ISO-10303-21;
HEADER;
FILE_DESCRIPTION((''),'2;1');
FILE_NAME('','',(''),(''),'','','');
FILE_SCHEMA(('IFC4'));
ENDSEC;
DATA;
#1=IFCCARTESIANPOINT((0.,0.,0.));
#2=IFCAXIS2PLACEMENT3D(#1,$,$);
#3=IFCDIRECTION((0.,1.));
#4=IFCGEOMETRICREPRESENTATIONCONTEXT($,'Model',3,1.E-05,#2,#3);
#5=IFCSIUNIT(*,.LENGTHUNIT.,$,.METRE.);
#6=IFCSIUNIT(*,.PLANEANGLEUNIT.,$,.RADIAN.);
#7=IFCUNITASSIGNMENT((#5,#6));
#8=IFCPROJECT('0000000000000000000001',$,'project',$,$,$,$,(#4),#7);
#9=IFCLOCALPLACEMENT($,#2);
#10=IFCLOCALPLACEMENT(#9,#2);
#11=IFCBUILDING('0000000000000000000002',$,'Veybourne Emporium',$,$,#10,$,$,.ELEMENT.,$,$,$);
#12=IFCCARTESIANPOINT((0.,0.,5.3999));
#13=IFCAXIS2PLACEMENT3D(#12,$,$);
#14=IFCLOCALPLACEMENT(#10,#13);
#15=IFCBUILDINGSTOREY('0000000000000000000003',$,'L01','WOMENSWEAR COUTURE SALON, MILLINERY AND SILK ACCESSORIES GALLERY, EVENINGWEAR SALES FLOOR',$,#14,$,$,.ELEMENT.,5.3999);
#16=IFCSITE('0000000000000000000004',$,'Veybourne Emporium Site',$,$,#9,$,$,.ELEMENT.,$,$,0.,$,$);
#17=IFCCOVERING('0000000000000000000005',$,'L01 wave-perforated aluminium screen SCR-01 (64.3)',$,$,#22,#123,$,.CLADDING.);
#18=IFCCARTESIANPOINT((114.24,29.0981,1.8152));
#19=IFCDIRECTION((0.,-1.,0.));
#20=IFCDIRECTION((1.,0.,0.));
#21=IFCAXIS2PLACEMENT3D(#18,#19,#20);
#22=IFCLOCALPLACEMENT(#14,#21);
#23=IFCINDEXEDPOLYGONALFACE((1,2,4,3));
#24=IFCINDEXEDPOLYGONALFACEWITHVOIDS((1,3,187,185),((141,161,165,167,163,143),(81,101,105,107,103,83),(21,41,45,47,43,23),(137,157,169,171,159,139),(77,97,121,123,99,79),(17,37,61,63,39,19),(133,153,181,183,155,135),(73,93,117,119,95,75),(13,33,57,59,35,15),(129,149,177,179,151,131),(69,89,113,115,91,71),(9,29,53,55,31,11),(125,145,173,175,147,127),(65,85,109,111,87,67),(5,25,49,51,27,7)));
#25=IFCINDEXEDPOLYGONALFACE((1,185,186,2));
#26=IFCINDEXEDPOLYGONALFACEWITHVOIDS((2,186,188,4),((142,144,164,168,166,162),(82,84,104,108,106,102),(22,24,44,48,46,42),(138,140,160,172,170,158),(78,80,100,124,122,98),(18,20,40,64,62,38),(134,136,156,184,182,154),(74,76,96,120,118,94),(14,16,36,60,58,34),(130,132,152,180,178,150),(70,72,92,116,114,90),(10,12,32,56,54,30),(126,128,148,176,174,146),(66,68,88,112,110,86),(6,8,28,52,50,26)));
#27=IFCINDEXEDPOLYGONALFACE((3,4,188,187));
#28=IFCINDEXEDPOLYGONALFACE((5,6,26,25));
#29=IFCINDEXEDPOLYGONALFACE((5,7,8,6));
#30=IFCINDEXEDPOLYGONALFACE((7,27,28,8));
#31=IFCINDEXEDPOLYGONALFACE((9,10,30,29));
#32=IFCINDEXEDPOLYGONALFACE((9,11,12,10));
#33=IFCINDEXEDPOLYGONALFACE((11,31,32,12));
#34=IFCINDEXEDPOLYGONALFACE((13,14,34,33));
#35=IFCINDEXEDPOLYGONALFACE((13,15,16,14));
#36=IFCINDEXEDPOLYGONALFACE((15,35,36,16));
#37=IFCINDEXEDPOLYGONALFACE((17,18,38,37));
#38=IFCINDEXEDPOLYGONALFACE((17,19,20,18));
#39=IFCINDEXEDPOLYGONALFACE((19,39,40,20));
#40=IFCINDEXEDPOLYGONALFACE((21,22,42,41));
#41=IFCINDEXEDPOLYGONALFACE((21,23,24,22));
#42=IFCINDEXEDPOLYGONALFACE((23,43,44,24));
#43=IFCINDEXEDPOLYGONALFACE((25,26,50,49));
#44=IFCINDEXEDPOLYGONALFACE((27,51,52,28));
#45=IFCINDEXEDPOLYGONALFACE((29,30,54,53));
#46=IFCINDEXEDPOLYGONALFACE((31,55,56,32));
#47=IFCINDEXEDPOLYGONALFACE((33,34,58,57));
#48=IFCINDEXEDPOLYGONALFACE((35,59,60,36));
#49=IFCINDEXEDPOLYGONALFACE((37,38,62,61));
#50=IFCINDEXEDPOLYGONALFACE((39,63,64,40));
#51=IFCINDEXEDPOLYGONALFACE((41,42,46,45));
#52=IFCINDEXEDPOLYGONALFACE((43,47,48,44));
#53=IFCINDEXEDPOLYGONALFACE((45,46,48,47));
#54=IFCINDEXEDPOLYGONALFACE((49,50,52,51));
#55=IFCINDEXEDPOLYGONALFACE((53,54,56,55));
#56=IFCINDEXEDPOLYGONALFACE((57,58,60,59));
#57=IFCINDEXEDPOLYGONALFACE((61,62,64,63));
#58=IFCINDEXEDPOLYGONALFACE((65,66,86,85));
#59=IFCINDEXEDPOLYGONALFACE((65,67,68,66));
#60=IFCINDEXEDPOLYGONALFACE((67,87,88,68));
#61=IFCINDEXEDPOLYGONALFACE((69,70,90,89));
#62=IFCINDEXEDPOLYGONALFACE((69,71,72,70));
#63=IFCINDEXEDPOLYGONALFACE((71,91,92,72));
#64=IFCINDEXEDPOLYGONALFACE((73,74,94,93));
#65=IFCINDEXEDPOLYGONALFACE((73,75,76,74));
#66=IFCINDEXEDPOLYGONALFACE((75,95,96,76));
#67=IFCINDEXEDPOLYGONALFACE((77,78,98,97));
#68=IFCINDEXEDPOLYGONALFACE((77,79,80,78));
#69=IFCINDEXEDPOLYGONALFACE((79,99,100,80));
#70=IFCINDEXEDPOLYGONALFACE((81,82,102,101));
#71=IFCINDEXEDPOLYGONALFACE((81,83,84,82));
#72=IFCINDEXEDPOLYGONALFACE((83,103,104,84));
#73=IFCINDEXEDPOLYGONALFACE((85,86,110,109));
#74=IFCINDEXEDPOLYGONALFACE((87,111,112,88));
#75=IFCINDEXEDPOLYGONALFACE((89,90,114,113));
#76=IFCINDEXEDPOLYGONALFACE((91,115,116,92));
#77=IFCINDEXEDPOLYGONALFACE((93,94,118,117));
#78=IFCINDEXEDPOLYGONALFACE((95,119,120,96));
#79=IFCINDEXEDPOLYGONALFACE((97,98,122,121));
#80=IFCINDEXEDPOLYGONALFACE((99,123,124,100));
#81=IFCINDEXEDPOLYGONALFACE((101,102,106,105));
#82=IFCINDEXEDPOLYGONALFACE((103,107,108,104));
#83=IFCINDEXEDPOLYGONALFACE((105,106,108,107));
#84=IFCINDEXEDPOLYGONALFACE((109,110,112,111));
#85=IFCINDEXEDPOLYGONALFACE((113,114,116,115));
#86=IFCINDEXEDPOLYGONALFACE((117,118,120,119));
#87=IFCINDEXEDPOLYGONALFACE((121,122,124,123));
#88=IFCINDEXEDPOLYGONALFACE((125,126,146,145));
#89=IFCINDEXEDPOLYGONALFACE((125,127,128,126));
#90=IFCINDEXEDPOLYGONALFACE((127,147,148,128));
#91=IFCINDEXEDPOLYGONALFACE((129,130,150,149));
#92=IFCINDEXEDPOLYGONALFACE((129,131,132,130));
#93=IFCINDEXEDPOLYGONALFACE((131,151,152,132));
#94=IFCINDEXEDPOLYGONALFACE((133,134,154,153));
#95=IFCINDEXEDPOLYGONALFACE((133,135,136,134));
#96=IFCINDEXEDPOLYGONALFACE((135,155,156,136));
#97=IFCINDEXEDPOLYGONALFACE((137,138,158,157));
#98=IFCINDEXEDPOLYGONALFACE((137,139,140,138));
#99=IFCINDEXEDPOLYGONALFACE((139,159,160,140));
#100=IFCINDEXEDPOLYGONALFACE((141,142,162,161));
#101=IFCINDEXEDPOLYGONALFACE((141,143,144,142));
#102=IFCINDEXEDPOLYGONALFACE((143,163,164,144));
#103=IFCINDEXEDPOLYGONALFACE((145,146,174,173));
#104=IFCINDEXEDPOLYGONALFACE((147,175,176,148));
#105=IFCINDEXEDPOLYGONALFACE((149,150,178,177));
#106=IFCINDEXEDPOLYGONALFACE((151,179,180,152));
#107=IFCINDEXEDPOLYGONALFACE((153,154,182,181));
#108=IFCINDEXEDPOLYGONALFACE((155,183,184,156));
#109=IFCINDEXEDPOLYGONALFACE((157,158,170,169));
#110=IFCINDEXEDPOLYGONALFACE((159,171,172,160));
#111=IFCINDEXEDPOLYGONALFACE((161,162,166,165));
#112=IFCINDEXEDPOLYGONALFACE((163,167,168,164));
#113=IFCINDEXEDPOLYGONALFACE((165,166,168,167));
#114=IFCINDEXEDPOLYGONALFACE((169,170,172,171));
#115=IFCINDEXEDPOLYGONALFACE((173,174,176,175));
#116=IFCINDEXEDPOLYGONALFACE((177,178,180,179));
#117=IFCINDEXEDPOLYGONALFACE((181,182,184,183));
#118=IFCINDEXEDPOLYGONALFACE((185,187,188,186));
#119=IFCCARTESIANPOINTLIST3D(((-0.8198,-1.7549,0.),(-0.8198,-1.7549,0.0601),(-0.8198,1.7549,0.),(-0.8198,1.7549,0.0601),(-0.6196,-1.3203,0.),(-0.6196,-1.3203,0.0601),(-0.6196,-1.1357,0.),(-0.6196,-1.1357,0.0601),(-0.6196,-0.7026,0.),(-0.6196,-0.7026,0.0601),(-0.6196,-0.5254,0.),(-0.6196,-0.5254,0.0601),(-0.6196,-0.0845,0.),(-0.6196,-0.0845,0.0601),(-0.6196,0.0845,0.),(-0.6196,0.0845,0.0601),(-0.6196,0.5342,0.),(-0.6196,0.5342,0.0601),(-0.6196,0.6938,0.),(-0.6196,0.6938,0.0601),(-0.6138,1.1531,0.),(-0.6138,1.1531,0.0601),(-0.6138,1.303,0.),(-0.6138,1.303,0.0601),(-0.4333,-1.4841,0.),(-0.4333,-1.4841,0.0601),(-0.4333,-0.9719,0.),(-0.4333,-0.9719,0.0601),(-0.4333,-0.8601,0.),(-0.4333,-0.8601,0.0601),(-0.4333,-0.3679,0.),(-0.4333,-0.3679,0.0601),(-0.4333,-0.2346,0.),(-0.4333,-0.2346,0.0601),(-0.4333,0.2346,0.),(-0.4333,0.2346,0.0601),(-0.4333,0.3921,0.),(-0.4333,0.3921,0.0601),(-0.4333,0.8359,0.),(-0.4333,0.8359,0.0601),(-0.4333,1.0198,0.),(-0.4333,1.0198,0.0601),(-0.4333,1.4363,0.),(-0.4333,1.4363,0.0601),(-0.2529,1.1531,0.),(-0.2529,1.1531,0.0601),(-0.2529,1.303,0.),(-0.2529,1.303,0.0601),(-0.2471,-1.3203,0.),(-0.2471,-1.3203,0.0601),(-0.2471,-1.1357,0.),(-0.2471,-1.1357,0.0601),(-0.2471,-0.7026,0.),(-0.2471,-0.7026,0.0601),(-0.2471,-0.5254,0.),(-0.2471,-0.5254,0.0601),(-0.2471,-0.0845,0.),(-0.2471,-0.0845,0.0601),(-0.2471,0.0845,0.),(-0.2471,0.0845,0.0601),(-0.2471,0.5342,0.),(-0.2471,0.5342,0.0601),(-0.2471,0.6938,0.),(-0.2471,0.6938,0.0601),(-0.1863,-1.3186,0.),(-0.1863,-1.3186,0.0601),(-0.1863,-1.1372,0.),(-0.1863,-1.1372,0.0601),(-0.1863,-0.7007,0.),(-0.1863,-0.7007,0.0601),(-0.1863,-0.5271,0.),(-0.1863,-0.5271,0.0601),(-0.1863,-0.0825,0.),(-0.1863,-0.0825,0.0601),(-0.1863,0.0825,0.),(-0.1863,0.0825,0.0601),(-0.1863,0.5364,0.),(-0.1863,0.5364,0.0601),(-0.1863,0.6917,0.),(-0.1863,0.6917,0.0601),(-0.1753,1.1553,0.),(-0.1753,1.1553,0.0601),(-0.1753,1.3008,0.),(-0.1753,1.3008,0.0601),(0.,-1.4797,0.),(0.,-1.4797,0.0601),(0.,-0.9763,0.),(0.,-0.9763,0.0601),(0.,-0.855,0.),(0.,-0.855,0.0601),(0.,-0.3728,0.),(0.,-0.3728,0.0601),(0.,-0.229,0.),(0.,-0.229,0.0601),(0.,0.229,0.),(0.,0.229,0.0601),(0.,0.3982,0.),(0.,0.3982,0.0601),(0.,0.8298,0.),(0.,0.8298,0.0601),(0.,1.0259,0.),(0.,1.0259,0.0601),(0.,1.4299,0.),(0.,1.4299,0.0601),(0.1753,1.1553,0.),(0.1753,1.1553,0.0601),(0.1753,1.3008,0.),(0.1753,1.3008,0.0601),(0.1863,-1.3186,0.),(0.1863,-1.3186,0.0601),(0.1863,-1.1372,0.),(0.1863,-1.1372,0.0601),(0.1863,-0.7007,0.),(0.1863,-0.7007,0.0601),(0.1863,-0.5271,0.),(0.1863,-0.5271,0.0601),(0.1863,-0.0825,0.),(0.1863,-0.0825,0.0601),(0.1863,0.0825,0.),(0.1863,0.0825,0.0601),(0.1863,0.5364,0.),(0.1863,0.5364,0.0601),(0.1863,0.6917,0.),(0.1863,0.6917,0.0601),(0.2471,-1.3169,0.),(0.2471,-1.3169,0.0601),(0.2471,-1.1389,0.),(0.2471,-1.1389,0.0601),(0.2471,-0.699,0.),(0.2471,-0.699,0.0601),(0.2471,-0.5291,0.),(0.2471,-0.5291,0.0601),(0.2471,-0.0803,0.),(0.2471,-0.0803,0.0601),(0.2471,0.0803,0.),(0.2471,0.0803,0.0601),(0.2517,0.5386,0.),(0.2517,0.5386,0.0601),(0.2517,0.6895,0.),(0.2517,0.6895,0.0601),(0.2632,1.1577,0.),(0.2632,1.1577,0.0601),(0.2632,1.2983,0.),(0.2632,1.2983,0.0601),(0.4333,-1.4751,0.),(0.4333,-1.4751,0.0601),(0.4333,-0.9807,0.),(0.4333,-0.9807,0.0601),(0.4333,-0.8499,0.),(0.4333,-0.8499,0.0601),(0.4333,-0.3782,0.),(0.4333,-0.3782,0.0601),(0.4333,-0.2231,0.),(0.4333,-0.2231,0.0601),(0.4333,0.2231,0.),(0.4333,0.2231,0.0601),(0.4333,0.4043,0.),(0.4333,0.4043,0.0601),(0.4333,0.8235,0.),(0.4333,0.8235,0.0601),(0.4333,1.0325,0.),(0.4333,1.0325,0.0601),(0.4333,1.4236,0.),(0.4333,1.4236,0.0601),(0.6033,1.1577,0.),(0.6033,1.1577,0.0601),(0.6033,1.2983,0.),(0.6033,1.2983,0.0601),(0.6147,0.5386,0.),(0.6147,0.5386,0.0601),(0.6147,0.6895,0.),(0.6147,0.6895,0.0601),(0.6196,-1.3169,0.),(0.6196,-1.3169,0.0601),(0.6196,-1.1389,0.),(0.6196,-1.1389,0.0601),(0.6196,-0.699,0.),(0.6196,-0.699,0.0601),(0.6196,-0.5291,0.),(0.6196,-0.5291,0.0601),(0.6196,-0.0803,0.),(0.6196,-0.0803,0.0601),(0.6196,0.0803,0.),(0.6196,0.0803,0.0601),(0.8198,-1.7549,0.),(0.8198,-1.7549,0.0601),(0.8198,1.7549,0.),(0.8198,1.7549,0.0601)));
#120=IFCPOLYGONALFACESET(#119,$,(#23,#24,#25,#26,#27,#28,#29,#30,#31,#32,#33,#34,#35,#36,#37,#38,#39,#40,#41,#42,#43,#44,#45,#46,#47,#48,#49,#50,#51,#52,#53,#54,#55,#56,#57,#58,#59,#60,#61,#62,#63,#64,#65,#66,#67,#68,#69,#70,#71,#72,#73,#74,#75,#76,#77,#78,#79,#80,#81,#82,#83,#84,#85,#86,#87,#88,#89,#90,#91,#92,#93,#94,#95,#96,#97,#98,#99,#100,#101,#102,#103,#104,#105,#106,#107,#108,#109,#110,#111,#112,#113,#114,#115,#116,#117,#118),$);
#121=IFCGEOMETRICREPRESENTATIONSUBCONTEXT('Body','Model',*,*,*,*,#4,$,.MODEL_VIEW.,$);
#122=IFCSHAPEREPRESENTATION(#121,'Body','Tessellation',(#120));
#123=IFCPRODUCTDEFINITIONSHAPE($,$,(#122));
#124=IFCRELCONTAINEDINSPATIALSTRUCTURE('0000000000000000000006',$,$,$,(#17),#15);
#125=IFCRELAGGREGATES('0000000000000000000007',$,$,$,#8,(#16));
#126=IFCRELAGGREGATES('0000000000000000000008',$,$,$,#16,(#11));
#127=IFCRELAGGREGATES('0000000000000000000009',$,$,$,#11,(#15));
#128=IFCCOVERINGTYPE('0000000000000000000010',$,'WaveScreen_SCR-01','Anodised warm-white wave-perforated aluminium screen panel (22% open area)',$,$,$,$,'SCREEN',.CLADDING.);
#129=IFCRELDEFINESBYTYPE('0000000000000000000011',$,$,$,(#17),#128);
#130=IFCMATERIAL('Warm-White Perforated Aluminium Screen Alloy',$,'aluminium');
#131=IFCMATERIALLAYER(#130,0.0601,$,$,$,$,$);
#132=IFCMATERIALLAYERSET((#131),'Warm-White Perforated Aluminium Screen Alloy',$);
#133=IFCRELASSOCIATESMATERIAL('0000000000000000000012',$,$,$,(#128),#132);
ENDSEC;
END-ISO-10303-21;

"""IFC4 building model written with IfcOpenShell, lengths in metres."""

from ifc_helpers import new_model, si_unit, direction, frame, origin, place, context, subcontext, project, spatial, polyline, outline, extrude, material, layer, layer_set, type_object, element, save


model = new_model("IFC4")

# Units and contexts
model_context = context("Model", 3, precision=1e-05, world=origin(), true_north=direction((0.0, 1.0)))
body_context = subcontext(model_context, "Body", "Model", "MODEL_VIEW")
ifc_project = project(units=[si_unit("LENGTHUNIT", "METRE"), si_unit("PLANEANGLEUNIT", "RADIAN")], contexts=[model_context])

# Site, building, storey
site_placement = place(None, origin())
site = spatial("IfcSite", under=ifc_project, at=site_placement, Name="Veybourne Emporium Site", CompositionType="ELEMENT", RefElevation=0.0)
building_placement = place(site_placement, origin())
building = spatial("IfcBuilding", under=site, at=building_placement, Name="Veybourne Emporium", CompositionType="ELEMENT")
storey_placement = place(building_placement, frame((0.0, 0.0, 5.3999)))
storey = spatial("IfcBuildingStorey", under=building, at=storey_placement, Name="L01", Description="WOMENSWEAR COUTURE SALON, MILLINERY AND SILK ACCESSORIES GALLERY, EVENINGWEAR SALES FLOOR", CompositionType="ELEMENT", Elevation=5.3999)

# Covering
ifc_material_1 = material(Name="Warm-White Perforated Aluminium Screen Alloy", Category="aluminium")
ifc_layer_1 = layer(ifc_material_1, 0.0601)
ifc_layer_set_1 = layer_set([ifc_layer_1], Name="Warm-White Perforated Aluminium Screen Alloy")
covering_type_1 = type_object("IfcCoveringType", Name="WaveScreen_SCR-01", Description="Anodised warm-white wave-perforated aluminium screen panel (22% open area)", ElementType="SCREEN", PredefinedType="CLADDING", material=ifc_layer_set_1)
covering_1_placement = place(storey_placement, frame((114.24, 29.0981, 1.8152), z_axis=(0.0, -1.0, 0.0), x_axis=(1.0, 0.0, 0.0)))
element("IfcCovering", 1, at=covering_1_placement, inside=storey, type_object=covering_type_1, Name="L01 wave-perforated aluminium screen SCR-01 (64.3)", PredefinedType="CLADDING", context=body_context, shape_type="SweptSolid", body=[
    extrude(outline(polyline([(-0.8198, -1.7549), (0.8198, -1.7549), (0.8198, 1.7549), (-0.8198, 1.7549), (-0.8198, -1.7549)]), holes=[polyline([(-0.4333, -0.9719), (-0.2471, -1.1357), (-0.2471, -1.3203), (-0.4333, -1.4841), (-0.6196, -1.3203), (-0.6196, -1.1357), (-0.4333, -0.9719)]), polyline([(-0.4333, -0.3679), (-0.2471, -0.5254), (-0.2471, -0.7026), (-0.4333, -0.8601), (-0.6196, -0.7026), (-0.6196, -0.5254), (-0.4333, -0.3679)]), polyline([(-0.4333, 0.2346), (-0.2471, 0.0845), (-0.2471, -0.0845), (-0.4333, -0.2346), (-0.6196, -0.0845), (-0.6196, 0.0845), (-0.4333, 0.2346)]), polyline([(-0.4333, 0.8359), (-0.2471, 0.6938), (-0.2471, 0.5342), (-0.4333, 0.3921), (-0.6196, 0.5342), (-0.6196, 0.6938), (-0.4333, 0.8359)]), polyline([(-0.4333, 1.4363), (-0.2529, 1.303), (-0.2529, 1.1531), (-0.4333, 1.0198), (-0.6138, 1.1531), (-0.6138, 1.303), (-0.4333, 1.4363)]), polyline([(0.0, -0.9763), (0.1863, -1.1372), (0.1863, -1.3186), (0.0, -1.4797), (-0.1863, -1.3186), (-0.1863, -1.1372), (0.0, -0.9763)]), polyline([(0.0, -0.3728), (0.1863, -0.5271), (0.1863, -0.7007), (0.0, -0.855), (-0.1863, -0.7007), (-0.1863, -0.5271), (0.0, -0.3728)]), polyline([(0.0, 0.229), (0.1863, 0.0825), (0.1863, -0.0825), (0.0, -0.229), (-0.1863, -0.0825), (-0.1863, 0.0825), (0.0, 0.229)]), polyline([(0.0, 0.8298), (0.1863, 0.6917), (0.1863, 0.5364), (0.0, 0.3982), (-0.1863, 0.5364), (-0.1863, 0.6917), (0.0, 0.8298)]), polyline([(0.0, 1.4299), (0.1753, 1.3008), (0.1753, 1.1553), (0.0, 1.0259), (-0.1753, 1.1553), (-0.1753, 1.3008), (0.0, 1.4299)]), polyline([(0.4333, -0.9807), (0.6196, -1.1389), (0.6196, -1.3169), (0.4333, -1.4751), (0.2471, -1.3169), (0.2471, -1.1389), (0.4333, -0.9807)]), polyline([(0.4333, -0.3782), (0.6196, -0.5291), (0.6196, -0.699), (0.4333, -0.8499), (0.2471, -0.699), (0.2471, -0.5291), (0.4333, -0.3782)]), polyline([(0.4333, 0.2231), (0.6196, 0.0803), (0.6196, -0.0803), (0.4333, -0.2231), (0.2471, -0.0803), (0.2471, 0.0803), (0.4333, 0.2231)]), polyline([(0.4333, 0.8235), (0.6147, 0.6895), (0.6147, 0.5386), (0.4333, 0.4043), (0.2517, 0.5386), (0.2517, 0.6895), (0.4333, 0.8235)]), polyline([(0.4333, 1.4236), (0.6033, 1.2983), (0.6033, 1.1577), (0.4333, 1.0325), (0.2632, 1.1577), (0.2632, 1.2983), (0.4333, 1.4236)])]), origin(), (0.0, 0.0, 1.0), 0.0601),
])

save(model, "model.ifc")
